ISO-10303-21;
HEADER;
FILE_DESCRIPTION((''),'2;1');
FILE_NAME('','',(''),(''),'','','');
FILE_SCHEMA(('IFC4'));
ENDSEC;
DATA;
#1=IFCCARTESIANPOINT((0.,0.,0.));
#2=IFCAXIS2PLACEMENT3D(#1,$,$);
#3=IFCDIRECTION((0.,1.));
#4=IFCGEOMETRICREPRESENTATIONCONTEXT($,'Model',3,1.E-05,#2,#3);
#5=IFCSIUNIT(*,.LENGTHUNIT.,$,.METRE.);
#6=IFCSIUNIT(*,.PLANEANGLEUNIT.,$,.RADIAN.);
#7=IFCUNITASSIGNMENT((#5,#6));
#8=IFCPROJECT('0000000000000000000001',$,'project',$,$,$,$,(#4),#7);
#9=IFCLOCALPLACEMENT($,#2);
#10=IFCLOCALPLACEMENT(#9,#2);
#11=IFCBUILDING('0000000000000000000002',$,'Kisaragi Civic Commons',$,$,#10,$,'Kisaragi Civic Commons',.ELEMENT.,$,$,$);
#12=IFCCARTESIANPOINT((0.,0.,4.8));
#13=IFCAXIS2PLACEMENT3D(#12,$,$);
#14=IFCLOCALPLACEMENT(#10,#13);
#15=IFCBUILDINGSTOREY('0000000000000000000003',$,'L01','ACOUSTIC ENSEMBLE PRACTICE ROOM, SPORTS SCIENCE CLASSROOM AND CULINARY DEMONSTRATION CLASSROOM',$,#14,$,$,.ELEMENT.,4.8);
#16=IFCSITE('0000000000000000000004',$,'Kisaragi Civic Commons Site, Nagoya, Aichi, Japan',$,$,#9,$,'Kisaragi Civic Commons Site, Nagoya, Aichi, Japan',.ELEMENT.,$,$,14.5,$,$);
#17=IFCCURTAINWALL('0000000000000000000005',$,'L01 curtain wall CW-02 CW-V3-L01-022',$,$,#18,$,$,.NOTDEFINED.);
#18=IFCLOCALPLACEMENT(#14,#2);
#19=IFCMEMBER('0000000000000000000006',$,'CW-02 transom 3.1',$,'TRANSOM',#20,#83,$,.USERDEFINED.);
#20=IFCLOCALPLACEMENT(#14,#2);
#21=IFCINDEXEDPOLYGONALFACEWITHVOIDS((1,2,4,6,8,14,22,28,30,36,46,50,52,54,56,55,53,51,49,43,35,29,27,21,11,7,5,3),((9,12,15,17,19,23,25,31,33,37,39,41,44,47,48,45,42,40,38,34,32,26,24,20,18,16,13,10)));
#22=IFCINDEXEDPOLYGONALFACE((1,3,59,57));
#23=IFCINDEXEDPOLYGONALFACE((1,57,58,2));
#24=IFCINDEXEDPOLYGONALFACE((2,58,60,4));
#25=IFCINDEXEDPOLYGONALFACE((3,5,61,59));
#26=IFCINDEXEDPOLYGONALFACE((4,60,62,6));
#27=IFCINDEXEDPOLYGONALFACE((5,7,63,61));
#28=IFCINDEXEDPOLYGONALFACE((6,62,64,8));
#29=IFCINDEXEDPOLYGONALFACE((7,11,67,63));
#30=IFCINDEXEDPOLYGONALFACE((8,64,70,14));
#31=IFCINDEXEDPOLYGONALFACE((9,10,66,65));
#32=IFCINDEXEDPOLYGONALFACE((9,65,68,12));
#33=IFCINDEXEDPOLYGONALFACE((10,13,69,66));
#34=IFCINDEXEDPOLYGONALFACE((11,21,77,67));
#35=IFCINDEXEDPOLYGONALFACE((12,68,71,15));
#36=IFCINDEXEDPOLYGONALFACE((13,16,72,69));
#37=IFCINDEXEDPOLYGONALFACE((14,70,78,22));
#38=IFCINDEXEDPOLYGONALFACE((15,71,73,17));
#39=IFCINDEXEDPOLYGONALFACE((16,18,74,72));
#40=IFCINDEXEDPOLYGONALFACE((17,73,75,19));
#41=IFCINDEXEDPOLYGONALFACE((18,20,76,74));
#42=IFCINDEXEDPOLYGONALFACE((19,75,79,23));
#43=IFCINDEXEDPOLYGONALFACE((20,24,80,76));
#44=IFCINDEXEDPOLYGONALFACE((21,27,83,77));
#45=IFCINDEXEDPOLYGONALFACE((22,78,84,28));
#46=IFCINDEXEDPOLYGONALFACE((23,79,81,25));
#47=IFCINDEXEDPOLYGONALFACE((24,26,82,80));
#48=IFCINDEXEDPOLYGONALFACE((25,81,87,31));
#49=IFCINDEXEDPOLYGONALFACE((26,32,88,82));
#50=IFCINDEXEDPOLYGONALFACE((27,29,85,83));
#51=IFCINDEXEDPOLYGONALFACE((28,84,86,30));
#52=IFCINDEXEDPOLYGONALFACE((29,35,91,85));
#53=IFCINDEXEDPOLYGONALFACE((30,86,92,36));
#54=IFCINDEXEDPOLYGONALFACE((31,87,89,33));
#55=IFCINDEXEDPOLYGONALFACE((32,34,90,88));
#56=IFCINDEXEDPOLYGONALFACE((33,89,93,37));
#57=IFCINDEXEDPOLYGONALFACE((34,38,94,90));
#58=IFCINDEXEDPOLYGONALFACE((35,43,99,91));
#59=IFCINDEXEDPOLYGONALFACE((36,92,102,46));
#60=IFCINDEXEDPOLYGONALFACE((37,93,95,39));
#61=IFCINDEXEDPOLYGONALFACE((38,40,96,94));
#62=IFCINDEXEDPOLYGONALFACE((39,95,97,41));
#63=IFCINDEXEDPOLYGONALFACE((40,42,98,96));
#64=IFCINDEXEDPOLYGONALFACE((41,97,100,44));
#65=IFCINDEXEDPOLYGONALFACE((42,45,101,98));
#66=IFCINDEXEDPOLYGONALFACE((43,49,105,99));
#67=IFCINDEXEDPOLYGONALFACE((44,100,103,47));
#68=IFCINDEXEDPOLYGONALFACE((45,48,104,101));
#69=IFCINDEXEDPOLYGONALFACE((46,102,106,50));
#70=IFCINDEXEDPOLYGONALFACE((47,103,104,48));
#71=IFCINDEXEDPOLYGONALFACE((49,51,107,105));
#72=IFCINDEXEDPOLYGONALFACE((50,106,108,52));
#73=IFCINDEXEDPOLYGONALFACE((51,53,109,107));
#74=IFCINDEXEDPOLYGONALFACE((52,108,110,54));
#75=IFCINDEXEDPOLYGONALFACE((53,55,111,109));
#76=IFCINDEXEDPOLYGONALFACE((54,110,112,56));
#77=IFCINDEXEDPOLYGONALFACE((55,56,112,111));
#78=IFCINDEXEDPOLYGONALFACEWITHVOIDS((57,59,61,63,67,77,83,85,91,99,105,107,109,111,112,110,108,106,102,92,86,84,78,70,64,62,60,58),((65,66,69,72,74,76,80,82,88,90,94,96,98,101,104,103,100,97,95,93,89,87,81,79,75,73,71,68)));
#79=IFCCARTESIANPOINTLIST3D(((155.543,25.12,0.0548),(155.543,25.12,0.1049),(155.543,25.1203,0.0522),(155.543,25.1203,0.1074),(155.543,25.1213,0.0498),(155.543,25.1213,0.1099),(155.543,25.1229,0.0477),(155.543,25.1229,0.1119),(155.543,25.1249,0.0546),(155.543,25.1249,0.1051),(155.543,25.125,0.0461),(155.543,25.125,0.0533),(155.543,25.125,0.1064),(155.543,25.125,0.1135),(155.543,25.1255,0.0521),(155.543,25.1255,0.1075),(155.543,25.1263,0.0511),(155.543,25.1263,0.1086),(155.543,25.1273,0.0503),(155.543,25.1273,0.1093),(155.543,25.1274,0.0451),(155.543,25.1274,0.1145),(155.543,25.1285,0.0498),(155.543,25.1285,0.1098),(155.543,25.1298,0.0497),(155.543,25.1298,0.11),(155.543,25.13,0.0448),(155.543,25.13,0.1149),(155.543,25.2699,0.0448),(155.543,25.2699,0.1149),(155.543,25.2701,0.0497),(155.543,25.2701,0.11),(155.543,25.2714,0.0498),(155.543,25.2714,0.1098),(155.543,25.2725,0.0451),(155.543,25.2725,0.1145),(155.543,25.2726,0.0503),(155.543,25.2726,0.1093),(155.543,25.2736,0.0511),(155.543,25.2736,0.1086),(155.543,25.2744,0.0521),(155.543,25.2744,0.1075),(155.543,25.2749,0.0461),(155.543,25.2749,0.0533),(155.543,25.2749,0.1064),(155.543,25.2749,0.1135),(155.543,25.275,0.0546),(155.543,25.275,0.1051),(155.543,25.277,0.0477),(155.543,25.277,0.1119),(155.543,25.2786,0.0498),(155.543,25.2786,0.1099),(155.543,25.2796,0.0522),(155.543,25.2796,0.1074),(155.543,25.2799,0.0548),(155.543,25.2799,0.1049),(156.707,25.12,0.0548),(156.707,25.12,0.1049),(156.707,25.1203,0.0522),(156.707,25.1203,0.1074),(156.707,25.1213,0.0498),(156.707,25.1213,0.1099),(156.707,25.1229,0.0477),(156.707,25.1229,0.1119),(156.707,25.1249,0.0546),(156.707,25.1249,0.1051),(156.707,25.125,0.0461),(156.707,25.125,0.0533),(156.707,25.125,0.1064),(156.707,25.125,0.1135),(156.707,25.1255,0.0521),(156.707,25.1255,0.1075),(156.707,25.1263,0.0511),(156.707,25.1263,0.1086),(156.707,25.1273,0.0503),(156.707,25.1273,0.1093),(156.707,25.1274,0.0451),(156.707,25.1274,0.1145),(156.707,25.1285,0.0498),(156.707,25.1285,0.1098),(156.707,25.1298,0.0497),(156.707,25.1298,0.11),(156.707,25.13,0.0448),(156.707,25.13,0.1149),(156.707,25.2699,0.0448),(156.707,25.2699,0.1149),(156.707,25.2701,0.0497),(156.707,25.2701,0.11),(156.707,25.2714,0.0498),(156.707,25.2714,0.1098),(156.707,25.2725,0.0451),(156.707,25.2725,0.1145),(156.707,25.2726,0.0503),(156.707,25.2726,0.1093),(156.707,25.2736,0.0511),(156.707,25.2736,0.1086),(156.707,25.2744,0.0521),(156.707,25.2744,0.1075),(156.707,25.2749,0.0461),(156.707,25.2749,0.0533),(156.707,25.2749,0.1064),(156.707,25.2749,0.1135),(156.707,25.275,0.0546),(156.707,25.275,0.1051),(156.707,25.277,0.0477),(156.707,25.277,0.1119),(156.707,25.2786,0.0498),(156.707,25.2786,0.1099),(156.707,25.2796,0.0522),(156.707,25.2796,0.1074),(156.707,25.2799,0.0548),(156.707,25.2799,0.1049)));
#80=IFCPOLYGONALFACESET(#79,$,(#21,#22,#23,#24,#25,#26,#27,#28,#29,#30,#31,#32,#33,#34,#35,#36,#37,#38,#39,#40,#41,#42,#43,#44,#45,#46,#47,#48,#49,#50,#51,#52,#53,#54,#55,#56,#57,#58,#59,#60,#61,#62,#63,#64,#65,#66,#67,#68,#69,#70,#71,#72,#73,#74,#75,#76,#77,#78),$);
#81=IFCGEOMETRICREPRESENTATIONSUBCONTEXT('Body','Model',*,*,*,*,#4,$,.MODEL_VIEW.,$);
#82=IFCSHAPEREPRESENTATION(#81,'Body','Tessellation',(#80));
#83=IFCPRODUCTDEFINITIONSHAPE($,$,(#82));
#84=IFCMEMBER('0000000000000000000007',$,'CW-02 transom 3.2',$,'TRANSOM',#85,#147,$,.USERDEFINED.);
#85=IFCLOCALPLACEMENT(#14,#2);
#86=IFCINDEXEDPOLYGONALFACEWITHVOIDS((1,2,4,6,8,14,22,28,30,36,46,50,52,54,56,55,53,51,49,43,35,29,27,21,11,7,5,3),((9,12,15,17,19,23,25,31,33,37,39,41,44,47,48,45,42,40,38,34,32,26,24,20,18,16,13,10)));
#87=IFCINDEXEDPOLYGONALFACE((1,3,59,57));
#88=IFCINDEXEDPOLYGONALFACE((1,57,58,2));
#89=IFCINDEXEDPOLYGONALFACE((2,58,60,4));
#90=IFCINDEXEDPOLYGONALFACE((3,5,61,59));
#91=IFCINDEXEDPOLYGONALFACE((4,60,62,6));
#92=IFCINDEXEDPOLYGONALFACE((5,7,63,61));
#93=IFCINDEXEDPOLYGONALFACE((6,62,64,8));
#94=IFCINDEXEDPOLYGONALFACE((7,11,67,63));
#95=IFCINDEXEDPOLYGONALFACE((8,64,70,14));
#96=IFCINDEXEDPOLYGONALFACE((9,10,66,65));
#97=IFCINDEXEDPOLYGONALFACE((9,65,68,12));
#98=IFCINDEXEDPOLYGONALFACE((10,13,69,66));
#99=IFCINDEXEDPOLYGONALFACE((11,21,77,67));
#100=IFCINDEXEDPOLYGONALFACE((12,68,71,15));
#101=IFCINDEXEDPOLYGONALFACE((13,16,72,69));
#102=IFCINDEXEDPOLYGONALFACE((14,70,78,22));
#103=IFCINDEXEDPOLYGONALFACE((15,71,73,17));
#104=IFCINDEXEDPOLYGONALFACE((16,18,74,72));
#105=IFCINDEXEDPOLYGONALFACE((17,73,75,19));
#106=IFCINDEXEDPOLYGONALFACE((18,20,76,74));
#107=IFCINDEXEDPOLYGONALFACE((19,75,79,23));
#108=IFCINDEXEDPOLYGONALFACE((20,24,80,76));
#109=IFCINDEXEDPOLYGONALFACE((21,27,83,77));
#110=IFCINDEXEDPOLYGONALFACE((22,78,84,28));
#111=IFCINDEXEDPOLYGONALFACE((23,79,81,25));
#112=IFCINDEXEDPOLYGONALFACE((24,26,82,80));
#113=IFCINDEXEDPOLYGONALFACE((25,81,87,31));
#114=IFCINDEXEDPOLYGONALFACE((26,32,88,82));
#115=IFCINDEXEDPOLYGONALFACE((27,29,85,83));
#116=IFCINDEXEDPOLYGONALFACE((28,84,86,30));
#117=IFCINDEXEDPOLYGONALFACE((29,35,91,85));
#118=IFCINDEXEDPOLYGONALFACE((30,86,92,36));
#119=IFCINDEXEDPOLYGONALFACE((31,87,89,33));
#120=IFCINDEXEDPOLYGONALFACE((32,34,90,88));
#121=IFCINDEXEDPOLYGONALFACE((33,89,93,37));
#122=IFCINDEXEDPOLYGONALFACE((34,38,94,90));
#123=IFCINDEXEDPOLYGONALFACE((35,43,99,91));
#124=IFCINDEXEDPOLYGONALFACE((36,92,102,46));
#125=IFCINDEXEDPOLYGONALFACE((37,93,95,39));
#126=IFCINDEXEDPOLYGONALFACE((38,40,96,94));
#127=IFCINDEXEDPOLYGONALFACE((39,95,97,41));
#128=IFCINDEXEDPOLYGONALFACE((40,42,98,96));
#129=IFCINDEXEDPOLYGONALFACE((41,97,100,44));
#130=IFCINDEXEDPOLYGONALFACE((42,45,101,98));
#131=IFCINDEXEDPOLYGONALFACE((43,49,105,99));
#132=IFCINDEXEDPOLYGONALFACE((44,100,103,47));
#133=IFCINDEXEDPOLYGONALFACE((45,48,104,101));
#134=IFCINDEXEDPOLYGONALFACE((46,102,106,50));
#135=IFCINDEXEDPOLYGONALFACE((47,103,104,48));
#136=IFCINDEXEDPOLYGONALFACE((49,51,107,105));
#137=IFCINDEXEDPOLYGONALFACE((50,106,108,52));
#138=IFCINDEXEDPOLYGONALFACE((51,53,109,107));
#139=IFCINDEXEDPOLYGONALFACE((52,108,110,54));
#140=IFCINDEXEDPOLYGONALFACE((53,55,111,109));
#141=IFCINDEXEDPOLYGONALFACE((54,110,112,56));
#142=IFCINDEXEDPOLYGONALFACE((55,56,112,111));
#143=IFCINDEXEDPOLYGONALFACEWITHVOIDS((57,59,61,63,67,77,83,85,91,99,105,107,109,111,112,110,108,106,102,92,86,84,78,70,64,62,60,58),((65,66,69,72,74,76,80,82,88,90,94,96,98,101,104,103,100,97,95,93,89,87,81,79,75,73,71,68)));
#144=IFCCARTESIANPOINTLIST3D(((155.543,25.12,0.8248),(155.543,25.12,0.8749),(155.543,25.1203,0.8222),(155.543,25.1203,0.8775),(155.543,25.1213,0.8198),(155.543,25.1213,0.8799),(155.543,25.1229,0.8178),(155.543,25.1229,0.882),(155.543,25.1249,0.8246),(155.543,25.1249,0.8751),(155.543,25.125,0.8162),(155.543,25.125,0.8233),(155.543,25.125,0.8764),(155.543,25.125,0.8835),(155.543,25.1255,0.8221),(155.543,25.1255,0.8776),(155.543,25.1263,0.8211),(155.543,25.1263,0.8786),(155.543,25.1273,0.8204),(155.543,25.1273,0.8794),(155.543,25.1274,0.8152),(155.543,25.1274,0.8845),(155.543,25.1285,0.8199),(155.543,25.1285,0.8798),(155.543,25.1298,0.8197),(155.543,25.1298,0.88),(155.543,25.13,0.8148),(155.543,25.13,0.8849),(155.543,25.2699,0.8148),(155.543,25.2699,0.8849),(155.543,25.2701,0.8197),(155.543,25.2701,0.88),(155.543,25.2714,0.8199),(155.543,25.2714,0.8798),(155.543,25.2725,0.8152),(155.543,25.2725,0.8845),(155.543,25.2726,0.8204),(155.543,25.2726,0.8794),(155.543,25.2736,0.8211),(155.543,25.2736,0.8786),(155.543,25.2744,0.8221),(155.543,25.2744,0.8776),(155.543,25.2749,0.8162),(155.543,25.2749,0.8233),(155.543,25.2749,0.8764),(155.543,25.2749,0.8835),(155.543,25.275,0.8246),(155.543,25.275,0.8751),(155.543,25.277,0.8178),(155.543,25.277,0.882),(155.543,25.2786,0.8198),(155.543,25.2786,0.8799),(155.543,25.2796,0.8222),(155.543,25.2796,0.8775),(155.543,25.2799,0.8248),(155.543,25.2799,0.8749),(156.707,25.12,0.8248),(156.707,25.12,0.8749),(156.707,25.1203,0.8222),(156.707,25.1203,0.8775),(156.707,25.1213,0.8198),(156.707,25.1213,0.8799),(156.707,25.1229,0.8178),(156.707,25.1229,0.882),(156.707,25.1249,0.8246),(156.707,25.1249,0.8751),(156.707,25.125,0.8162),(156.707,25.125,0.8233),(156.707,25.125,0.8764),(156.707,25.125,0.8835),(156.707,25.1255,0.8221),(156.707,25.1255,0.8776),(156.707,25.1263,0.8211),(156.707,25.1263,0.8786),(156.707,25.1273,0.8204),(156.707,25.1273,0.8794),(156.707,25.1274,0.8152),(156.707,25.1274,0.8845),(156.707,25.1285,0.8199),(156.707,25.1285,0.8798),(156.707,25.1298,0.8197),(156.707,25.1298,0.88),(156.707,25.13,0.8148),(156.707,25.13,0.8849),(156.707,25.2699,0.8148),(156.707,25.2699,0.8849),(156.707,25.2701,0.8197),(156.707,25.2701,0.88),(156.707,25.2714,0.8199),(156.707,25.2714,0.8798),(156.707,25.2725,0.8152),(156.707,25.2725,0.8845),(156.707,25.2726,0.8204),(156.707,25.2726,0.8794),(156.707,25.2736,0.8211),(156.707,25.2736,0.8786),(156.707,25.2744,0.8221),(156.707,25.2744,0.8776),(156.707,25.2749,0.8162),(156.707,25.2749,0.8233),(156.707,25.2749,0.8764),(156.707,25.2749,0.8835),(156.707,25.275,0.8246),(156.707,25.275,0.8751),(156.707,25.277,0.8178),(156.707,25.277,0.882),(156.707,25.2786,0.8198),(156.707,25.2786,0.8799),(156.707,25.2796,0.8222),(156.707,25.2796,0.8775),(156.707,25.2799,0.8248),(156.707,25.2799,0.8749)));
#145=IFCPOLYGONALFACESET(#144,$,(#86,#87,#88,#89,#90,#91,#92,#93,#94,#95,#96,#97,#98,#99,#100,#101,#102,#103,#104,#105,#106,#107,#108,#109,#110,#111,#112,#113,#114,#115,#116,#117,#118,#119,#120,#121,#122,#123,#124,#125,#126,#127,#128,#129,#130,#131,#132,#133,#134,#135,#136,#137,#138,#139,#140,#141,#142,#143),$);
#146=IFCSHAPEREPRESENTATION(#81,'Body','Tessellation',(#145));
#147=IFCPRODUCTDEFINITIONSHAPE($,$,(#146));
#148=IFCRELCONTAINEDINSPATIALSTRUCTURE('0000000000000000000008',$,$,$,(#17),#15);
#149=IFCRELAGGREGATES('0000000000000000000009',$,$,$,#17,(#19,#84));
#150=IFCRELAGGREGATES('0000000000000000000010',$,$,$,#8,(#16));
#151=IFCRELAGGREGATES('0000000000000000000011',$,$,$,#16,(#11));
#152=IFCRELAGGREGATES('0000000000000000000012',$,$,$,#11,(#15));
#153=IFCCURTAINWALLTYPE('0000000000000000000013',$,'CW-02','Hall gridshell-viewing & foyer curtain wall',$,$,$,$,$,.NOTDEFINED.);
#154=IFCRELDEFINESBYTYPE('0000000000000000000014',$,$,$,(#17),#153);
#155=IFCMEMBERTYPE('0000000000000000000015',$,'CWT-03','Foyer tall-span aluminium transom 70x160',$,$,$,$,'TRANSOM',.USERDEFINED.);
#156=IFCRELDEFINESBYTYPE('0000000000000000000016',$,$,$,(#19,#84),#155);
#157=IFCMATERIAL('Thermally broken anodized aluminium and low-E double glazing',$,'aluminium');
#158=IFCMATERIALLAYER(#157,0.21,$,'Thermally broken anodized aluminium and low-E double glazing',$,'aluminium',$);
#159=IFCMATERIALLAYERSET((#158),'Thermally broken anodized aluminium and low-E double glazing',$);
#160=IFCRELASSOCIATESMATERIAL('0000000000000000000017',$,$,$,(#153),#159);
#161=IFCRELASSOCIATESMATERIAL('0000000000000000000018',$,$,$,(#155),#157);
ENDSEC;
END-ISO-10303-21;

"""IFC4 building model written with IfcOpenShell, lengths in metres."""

from ifc_helpers import new_model, si_unit, direction, frame, origin, origin_2d, place, context, subcontext, project, spatial, hollow_rectangle, extrude, material, layer, layer_set, material_profile, profile_set, type_object, element, aggregate, save


model = new_model("IFC4")

# Units and contexts
model_context = context("Model", 3, precision=1e-05, world=origin(), true_north=direction((0.0, 1.0)))
body_context = subcontext(model_context, "Body", "Model", "MODEL_VIEW")
ifc_project = project(units=[si_unit("LENGTHUNIT", "METRE"), si_unit("PLANEANGLEUNIT", "RADIAN")], contexts=[model_context])

# Site, building, storey
site_placement = place(None, origin())
site = spatial("IfcSite", under=ifc_project, at=site_placement, Name="Kisaragi Civic Commons Site, Nagoya, Aichi, Japan", LongName="Kisaragi Civic Commons Site, Nagoya, Aichi, Japan", CompositionType="ELEMENT", RefElevation=14.5)
building_placement = place(site_placement, origin())
building = spatial("IfcBuilding", under=site, at=building_placement, Name="Kisaragi Civic Commons", LongName="Kisaragi Civic Commons", CompositionType="ELEMENT")
storey_placement = place(building_placement, frame((0.0, 0.0, 4.8)))
storey = spatial("IfcBuildingStorey", under=building, at=storey_placement, Name="L01", Description="ACOUSTIC ENSEMBLE PRACTICE ROOM, SPORTS SCIENCE CLASSROOM AND CULINARY DEMONSTRATION CLASSROOM", CompositionType="ELEMENT", Elevation=4.8)

# Curtain wall, members
ifc_material = material(Name="Thermally broken anodized aluminium and low-E double glazing", Category="aluminium")
ifc_layer_1 = layer(ifc_material, 0.21, Name="Thermally broken anodized aluminium and low-E double glazing", Category="aluminium")
ifc_layer_set_1 = layer_set([ifc_layer_1], Name="Thermally broken anodized aluminium and low-E double glazing")
curtain_wall_type = type_object("IfcCurtainWallType", Name="CW-02", Description="Hall gridshell-viewing & foyer curtain wall", PredefinedType="NOTDEFINED", material=ifc_layer_set_1)
curtain_wall_placement = place(storey_placement, origin())
curtain_wall = element("IfcCurtainWall", 1, at=curtain_wall_placement, inside=storey, type_object=curtain_wall_type, Name="L01 curtain wall CW-02 CW-V3-L01-022", PredefinedType="NOTDEFINED")
ifc_material_profile_1 = material_profile(ifc_material, hollow_rectangle(XDim=0.1599, YDim=0.0701, WallThickness=0.0049, InnerFilletRadius=0.0049, OuterFilletRadius=0.01, at=origin_2d()), Name="CWT-70x160x5", Category="aluminium")
ifc_profile_set_1 = profile_set([ifc_material_profile_1], Name="Thermally broken anodized aluminium and low-E double glazing")
member_type_1 = type_object("IfcMemberType", Name="CWT-03", Description="Foyer tall-span aluminium transom 70x160", ElementType="TRANSOM", PredefinedType="USERDEFINED", material=ifc_profile_set_1)
member_1_placement = place(storey_placement, frame((155.543, 25.2, 0.0798), z_axis=(1.0, 0.0, 0.0), x_axis=(0.0, 1.0, 0.0)))
member_1 = element("IfcMember", 2, at=member_1_placement, type_object=member_type_1, Name="CW-02 transom 3.1", ObjectType="TRANSOM", PredefinedType="USERDEFINED", context=body_context, shape_type="SweptSolid", body=[
    extrude(hollow_rectangle(XDim=0.1599, YDim=0.0701, WallThickness=0.0049, InnerFilletRadius=0.0049, OuterFilletRadius=0.01, at=origin_2d()), origin(), (0.0, 0.0, 1.0), 1.1641),
])
member_2_placement = place(storey_placement, frame((155.543, 25.2, 0.8499), z_axis=(1.0, 0.0, 0.0), x_axis=(0.0, 1.0, 0.0)))
member_2 = element("IfcMember", 3, at=member_2_placement, type_object=member_type_1, Name="CW-02 transom 3.2", ObjectType="TRANSOM", PredefinedType="USERDEFINED", context=body_context, shape_type="SweptSolid", body=[
    extrude(hollow_rectangle(XDim=0.1599, YDim=0.0701, WallThickness=0.0049, InnerFilletRadius=0.0049, OuterFilletRadius=0.01, at=origin_2d()), origin(), (0.0, 0.0, 1.0), 1.1641),
])
aggregate(curtain_wall, [member_1, member_2])

save(model, "model.ifc")
